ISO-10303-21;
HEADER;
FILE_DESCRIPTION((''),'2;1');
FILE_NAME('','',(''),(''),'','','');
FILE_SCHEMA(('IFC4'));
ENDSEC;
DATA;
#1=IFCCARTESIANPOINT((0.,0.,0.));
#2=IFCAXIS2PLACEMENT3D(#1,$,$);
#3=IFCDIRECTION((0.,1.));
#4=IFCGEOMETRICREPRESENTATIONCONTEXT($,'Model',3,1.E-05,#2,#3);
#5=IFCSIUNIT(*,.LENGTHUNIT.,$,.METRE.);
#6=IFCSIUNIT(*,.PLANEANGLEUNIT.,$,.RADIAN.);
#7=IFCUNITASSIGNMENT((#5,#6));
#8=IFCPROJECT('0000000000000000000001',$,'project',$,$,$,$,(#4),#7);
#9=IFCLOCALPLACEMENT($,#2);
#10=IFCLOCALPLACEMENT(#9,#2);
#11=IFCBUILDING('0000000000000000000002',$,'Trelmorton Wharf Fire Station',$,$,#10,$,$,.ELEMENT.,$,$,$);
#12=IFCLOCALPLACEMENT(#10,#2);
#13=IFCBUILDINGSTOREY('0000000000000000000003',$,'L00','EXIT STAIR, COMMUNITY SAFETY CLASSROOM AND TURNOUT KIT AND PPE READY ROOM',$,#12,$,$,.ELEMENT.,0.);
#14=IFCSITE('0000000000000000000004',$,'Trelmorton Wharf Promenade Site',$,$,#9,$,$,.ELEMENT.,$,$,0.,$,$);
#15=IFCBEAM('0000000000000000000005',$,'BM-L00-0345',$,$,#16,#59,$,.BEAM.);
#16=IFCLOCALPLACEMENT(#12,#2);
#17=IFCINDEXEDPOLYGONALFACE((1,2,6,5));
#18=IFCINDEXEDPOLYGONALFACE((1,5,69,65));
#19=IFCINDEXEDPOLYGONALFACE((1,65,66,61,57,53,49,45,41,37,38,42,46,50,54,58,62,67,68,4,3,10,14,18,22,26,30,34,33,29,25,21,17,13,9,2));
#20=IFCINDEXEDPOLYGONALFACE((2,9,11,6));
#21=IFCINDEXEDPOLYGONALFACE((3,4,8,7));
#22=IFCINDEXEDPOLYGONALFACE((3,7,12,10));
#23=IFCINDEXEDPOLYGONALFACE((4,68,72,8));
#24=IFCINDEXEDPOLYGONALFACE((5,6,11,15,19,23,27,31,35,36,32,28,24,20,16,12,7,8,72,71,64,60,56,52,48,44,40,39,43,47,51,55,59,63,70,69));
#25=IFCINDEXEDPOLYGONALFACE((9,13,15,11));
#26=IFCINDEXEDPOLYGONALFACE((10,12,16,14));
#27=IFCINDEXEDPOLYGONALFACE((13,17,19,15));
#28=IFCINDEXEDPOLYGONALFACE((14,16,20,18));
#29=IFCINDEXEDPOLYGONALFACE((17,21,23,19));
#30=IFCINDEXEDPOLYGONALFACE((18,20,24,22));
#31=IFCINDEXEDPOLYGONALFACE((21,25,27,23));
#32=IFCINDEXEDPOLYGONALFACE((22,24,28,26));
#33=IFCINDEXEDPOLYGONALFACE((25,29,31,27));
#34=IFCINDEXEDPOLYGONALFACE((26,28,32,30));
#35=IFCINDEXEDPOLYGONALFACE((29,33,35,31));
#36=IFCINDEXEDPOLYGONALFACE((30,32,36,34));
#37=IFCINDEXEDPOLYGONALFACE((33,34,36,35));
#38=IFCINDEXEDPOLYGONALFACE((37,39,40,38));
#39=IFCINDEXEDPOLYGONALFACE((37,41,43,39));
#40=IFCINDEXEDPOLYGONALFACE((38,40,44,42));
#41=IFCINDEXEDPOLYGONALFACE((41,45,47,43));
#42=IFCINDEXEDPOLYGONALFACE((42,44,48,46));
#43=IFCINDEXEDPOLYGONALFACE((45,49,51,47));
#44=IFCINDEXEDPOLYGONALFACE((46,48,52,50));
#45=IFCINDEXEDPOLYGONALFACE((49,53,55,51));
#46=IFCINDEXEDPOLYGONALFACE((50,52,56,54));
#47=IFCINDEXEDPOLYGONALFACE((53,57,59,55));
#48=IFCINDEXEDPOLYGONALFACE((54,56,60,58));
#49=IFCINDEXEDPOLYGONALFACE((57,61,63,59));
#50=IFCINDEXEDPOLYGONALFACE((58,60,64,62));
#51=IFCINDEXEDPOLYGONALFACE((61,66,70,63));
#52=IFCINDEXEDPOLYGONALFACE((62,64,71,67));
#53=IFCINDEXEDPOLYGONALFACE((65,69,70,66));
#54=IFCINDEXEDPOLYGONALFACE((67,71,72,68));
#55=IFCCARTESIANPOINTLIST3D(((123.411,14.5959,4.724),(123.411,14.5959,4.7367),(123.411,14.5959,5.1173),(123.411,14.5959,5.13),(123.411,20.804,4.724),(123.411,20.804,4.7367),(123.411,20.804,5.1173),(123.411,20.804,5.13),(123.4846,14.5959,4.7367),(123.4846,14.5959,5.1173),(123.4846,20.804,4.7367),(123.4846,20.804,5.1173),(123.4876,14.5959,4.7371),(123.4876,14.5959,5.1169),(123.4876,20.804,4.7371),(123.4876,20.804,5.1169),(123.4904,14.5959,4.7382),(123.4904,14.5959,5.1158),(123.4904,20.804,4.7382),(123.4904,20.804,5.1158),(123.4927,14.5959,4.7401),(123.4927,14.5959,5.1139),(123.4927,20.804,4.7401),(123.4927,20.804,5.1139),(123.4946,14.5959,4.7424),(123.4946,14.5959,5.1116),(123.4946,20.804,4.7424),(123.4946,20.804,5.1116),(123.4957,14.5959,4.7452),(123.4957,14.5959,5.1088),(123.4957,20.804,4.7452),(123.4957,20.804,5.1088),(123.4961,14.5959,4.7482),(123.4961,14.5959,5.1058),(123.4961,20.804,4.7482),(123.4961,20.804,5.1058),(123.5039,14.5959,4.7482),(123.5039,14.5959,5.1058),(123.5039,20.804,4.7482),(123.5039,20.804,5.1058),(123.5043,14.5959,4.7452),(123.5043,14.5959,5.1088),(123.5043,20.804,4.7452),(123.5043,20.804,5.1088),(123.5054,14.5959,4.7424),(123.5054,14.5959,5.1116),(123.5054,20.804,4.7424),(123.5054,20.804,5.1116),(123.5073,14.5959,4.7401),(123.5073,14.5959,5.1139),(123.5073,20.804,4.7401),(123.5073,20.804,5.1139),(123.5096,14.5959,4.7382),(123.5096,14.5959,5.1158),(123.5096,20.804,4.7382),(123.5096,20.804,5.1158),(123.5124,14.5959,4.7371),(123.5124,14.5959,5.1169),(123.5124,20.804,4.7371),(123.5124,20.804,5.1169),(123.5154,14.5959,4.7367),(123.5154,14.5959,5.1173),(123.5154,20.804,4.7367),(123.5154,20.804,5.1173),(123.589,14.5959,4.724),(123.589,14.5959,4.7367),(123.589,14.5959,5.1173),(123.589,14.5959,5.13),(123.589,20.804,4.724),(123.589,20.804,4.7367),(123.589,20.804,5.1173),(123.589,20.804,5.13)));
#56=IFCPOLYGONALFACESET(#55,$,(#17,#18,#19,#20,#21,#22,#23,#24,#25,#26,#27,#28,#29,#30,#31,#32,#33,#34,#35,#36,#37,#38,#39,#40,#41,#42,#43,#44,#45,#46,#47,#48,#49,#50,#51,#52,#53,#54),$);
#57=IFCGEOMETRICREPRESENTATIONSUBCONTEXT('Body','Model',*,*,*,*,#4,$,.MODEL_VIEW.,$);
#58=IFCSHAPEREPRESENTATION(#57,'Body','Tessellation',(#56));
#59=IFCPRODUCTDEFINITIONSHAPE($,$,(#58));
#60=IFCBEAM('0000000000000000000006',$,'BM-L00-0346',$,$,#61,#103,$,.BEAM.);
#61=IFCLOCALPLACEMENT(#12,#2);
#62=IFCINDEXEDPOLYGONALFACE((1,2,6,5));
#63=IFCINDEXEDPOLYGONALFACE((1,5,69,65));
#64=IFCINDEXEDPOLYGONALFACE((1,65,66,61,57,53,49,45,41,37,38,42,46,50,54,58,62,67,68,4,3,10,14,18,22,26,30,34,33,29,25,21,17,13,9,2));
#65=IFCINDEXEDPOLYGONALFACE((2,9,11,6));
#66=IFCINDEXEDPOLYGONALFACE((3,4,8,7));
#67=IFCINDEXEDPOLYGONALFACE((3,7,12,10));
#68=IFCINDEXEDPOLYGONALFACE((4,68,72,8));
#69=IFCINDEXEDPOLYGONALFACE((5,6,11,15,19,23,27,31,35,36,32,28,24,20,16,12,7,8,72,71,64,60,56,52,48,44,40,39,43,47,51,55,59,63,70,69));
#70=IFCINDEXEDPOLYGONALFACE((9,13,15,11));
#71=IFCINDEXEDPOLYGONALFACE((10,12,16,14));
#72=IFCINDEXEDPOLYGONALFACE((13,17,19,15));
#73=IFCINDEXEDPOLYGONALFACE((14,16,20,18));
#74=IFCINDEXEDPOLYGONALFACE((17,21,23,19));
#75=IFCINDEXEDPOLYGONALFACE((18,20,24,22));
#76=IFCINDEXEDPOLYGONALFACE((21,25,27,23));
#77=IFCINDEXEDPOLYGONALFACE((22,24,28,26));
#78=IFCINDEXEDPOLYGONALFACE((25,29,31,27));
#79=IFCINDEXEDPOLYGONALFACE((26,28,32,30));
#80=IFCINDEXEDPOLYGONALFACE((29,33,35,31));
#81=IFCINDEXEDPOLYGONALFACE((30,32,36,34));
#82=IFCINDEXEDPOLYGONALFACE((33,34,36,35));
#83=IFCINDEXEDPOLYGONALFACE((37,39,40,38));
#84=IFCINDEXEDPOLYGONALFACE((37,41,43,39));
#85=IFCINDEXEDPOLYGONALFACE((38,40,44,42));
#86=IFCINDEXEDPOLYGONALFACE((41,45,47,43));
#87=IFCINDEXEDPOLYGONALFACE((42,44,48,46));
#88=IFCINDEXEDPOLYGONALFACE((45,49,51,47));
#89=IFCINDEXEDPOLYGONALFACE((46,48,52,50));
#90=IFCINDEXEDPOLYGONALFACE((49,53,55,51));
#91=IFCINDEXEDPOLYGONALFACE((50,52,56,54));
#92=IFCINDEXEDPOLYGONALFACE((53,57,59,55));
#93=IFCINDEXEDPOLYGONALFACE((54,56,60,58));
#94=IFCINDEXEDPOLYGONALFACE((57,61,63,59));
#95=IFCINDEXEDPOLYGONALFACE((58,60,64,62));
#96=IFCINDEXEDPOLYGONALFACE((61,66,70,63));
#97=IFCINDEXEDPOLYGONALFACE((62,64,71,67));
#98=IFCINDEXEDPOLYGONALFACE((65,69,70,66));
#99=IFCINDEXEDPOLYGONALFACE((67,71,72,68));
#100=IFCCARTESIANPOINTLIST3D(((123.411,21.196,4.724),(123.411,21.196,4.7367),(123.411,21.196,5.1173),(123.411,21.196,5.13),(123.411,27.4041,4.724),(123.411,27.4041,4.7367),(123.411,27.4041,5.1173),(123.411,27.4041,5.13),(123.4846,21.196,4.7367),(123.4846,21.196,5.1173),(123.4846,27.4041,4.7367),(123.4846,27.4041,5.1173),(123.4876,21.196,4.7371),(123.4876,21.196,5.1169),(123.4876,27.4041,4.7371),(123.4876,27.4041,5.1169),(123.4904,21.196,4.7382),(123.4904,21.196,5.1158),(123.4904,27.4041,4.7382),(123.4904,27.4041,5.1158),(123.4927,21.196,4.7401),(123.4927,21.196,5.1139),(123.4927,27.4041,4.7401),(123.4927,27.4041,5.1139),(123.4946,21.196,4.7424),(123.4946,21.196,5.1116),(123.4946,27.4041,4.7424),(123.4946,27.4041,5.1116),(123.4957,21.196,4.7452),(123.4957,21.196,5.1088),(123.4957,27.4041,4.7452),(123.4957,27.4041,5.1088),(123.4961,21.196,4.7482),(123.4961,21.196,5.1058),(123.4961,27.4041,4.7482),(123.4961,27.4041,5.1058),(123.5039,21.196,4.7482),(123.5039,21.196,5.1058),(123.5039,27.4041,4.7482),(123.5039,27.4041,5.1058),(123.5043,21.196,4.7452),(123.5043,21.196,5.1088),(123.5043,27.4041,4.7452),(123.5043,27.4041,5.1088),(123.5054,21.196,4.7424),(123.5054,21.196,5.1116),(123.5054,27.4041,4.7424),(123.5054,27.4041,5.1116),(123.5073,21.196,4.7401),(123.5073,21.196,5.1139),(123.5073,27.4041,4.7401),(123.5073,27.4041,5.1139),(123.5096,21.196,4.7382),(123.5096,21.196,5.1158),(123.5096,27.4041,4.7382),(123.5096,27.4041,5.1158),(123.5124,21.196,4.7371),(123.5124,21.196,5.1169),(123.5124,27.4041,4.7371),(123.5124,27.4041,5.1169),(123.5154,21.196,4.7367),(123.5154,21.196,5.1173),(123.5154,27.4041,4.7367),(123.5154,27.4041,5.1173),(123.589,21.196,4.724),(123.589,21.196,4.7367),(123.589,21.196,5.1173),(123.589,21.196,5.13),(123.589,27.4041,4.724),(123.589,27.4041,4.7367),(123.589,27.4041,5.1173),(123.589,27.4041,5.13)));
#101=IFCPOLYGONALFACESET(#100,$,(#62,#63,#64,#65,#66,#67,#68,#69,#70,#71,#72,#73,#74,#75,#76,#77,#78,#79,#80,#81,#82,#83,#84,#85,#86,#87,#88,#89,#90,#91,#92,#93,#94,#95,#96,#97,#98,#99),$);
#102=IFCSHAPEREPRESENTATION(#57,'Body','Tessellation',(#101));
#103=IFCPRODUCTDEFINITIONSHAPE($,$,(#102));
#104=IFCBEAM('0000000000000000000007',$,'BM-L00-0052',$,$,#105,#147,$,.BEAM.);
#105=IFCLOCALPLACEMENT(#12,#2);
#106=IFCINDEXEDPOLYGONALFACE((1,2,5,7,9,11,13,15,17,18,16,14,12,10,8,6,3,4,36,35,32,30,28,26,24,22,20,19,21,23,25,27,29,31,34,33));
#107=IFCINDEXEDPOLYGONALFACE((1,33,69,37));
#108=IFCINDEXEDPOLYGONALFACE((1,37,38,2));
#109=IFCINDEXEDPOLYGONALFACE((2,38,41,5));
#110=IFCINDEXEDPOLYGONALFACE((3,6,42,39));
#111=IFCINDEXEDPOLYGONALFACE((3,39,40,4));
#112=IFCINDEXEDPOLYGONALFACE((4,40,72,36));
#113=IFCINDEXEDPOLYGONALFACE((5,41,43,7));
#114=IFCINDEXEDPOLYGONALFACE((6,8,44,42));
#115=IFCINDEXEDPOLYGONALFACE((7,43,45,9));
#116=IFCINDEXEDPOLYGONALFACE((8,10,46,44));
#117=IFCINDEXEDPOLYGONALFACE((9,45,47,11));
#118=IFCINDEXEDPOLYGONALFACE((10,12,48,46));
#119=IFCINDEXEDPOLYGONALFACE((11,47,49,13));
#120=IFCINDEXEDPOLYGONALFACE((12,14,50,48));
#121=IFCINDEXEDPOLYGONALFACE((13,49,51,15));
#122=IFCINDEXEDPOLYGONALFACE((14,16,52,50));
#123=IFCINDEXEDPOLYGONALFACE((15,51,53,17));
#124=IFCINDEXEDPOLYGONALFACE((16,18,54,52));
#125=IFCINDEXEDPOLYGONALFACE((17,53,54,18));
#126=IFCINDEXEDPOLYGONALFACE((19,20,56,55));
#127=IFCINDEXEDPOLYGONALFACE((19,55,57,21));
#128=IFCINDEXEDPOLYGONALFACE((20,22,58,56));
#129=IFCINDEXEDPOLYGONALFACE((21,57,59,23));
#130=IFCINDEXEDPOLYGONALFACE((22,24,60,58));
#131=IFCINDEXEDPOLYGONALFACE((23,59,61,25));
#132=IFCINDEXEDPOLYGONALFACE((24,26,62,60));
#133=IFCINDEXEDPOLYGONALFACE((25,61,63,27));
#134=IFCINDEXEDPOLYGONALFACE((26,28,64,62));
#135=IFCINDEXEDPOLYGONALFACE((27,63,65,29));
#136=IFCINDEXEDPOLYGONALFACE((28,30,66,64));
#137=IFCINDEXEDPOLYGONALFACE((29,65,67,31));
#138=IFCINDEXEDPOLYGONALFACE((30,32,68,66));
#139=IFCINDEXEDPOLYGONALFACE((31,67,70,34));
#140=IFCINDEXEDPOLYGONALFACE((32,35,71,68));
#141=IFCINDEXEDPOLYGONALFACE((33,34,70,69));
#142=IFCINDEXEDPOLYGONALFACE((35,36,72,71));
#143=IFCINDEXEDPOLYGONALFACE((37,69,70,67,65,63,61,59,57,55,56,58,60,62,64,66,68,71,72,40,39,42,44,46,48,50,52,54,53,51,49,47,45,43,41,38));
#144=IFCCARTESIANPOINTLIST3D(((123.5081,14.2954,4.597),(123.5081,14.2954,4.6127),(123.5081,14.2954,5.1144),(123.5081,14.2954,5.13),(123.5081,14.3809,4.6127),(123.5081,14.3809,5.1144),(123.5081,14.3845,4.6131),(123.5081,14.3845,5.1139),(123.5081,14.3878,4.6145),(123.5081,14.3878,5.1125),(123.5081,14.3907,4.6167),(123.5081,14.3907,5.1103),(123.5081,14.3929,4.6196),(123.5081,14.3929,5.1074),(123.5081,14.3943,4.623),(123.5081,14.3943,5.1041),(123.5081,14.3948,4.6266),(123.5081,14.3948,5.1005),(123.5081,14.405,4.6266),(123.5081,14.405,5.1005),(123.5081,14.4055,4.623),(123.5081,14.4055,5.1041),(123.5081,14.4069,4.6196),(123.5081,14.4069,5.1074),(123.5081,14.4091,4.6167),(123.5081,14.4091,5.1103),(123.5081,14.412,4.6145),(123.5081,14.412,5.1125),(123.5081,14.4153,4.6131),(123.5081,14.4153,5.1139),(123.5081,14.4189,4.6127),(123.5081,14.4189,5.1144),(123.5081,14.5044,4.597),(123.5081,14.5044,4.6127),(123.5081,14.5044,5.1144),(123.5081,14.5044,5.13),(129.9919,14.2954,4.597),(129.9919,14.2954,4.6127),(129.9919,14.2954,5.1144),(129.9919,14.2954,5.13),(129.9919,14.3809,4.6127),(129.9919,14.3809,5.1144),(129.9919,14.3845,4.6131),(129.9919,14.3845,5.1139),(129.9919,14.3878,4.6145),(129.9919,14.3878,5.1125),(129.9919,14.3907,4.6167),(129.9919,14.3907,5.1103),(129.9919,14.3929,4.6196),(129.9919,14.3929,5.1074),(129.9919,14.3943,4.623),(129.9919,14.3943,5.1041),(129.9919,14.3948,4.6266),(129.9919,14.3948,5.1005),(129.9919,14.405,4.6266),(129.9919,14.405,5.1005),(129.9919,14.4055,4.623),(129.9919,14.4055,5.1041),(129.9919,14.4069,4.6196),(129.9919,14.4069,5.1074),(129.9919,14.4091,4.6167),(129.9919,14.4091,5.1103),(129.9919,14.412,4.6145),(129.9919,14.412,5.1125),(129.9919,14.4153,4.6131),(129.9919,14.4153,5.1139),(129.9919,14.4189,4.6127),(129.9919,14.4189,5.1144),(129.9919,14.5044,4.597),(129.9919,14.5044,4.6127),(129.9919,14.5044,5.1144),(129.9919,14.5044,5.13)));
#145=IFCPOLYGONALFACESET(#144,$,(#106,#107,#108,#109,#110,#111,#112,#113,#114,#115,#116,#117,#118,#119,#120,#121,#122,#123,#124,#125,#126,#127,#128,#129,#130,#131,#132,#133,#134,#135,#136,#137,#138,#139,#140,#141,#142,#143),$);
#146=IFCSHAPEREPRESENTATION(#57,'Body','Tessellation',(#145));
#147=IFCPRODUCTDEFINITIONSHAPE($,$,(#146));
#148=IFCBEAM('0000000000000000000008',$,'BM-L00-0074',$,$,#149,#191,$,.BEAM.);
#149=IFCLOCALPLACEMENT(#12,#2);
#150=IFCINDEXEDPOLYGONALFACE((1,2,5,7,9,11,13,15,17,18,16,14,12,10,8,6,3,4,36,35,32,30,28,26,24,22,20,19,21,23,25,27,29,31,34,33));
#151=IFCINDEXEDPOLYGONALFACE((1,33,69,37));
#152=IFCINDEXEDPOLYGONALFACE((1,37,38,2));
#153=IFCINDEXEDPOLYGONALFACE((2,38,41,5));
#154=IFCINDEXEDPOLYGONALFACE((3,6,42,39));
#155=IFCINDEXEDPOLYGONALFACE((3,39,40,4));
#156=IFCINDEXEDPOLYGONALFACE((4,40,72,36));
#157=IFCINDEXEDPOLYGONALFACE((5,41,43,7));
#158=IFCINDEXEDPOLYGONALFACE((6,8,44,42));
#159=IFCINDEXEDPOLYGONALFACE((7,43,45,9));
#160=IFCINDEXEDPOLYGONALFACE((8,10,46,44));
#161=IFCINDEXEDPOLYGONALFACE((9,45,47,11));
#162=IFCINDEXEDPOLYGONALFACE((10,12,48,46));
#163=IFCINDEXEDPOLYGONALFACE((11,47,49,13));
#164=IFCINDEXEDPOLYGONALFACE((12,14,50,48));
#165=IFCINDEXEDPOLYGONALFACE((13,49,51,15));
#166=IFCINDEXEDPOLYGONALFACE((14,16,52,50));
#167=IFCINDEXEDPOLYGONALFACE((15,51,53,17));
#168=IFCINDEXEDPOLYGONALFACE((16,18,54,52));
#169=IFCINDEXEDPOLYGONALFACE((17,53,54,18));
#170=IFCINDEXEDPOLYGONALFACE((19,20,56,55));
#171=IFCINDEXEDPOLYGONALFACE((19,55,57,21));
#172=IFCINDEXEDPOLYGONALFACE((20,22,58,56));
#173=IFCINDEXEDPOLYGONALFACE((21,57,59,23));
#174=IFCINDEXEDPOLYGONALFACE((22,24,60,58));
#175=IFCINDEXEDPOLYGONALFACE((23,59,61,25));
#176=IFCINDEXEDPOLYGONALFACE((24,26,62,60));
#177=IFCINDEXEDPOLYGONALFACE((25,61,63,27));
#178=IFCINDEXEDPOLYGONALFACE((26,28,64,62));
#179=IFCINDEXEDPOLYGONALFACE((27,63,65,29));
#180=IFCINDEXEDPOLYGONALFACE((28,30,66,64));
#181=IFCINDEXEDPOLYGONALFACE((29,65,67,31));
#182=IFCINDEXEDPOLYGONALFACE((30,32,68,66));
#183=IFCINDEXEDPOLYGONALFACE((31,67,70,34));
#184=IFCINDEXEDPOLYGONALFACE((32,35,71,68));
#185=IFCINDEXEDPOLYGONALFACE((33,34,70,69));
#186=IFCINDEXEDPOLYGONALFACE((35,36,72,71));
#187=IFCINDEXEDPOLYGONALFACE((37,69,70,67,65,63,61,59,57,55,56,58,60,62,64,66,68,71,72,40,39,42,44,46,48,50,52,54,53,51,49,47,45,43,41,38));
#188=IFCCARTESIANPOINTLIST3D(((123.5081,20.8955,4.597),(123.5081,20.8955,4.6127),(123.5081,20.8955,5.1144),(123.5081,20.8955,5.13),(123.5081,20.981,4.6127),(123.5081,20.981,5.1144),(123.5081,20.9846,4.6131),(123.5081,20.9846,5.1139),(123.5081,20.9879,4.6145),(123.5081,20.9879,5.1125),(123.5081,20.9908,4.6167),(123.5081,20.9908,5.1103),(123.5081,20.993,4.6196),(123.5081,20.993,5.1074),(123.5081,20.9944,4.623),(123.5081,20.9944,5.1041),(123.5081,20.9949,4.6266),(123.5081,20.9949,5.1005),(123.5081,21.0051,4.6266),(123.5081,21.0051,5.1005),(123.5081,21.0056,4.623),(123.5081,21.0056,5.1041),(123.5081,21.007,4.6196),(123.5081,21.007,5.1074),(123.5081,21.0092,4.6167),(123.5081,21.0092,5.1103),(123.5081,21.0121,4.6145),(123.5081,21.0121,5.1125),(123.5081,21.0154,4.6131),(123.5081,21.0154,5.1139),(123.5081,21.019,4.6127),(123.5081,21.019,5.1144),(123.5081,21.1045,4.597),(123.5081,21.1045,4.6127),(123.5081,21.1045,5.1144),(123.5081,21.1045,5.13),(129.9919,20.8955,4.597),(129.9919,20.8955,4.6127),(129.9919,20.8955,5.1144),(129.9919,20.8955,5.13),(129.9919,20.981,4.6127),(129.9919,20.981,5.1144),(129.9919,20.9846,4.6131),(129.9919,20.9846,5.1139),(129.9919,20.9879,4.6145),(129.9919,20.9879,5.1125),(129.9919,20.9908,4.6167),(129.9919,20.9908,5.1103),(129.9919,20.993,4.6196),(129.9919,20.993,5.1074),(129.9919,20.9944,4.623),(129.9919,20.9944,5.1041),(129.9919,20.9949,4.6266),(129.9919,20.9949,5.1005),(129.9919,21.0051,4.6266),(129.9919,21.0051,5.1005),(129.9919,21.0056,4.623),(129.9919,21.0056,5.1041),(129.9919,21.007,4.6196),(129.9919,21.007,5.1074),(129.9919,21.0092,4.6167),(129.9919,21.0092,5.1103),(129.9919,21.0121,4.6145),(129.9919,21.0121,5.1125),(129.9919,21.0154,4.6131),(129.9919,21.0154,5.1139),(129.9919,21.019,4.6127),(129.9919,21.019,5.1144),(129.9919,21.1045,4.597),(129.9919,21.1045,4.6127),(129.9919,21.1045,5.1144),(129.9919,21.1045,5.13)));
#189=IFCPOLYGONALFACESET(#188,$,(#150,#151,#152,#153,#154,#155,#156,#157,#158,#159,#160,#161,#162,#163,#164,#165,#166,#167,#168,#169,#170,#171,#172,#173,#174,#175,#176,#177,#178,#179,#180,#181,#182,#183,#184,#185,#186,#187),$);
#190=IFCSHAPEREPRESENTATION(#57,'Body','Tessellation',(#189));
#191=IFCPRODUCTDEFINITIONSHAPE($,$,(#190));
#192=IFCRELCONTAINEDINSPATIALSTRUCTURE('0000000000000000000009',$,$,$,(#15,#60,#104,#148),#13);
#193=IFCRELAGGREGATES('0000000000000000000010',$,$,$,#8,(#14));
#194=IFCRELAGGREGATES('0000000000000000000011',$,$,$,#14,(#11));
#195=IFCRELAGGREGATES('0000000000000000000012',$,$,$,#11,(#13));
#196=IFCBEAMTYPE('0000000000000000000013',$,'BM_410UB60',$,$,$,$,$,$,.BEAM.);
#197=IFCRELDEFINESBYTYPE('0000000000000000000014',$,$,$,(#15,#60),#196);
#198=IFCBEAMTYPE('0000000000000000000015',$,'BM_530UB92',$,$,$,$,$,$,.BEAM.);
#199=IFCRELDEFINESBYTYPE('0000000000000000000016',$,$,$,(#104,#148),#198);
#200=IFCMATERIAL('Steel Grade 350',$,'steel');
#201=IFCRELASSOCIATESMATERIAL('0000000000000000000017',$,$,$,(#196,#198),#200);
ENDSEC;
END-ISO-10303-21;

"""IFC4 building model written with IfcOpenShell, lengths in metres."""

from ifc_helpers import new_model, si_unit, direction, frame, origin, origin_2d, place, context, subcontext, project, spatial, i_section, extrude, material, material_profile, profile_set, type_object, element, save


model = new_model("IFC4")

# Units and contexts
model_context = context("Model", 3, precision=1e-05, world=origin(), true_north=direction((0.0, 1.0)))
body_context = subcontext(model_context, "Body", "Model", "MODEL_VIEW")
ifc_project = project(units=[si_unit("LENGTHUNIT", "METRE"), si_unit("PLANEANGLEUNIT", "RADIAN")], contexts=[model_context])

# Site, building, storey
site_placement = place(None, origin())
site = spatial("IfcSite", under=ifc_project, at=site_placement, Name="Trelmorton Wharf Promenade Site", CompositionType="ELEMENT", RefElevation=0.0)
building_placement = place(site_placement, origin())
building = spatial("IfcBuilding", under=site, at=building_placement, Name="Trelmorton Wharf Fire Station", CompositionType="ELEMENT")
storey_placement = place(building_placement, origin())
storey = spatial("IfcBuildingStorey", under=building, at=storey_placement, Name="L00", Description="EXIT STAIR, COMMUNITY SAFETY CLASSROOM AND TURNOUT KIT AND PPE READY ROOM", CompositionType="ELEMENT", Elevation=0.0)

# Shared definitions
ifc_material_1 = material(Name="Steel Grade 350", Category="steel")

# Beams
ifc_material_profile_1 = material_profile(ifc_material_1, i_section(OverallWidth=0.178, OverallDepth=0.406, WebThickness=0.0078, FlangeThickness=0.0127, FilletRadius=0.0115, at=origin_2d()), Name="410UB59.7")
ifc_profile_set_1 = profile_set([ifc_material_profile_1], Name="Steel Grade 350")
beam_type_1 = type_object("IfcBeamType", Name="BM_410UB60", PredefinedType="BEAM", material=ifc_profile_set_1)
for number, where, z_axis, x_axis, name in (
    (1, (123.5, 14.5959, 4.927), (0.0, 1.0, 0.0), (-1.0, 0.0, 0.0), "BM-L00-0345"),
    (2, (123.5, 21.196, 4.927), (0.0, 1.0, 0.0), (-1.0, 0.0, 0.0), "BM-L00-0346"),
):
    element("IfcBeam", number, at=place(storey_placement, frame(where, z_axis=z_axis, x_axis=x_axis)), inside=storey, type_object=beam_type_1, Name=name, PredefinedType="BEAM", context=body_context, shape_type="SweptSolid", body=[
        extrude(i_section(OverallWidth=0.178, OverallDepth=0.406, WebThickness=0.0078, FlangeThickness=0.0127, FilletRadius=0.0115, at=origin_2d()), origin(), (0.0, 0.0, 1.0), 6.208),
    ])
ifc_material_profile_2 = material_profile(ifc_material_1, i_section(OverallWidth=0.209, OverallDepth=0.533, WebThickness=0.0103, FlangeThickness=0.0156, FilletRadius=0.0139, at=origin_2d()), Name="530UB92.4")
ifc_profile_set_2 = profile_set([ifc_material_profile_2], Name="Steel Grade 350")
beam_type_2 = type_object("IfcBeamType", Name="BM_530UB92", PredefinedType="BEAM", material=ifc_profile_set_2)
for number, where, z_axis, x_axis, name in (
    (3, (123.5081, 14.3999, 4.8635), (1.0, 0.0, 0.0), (0.0, 1.0, 0.0), "BM-L00-0052"),
    (4, (123.5081, 21.0, 4.8635), (1.0, 0.0, 0.0), (0.0, 1.0, 0.0), "BM-L00-0074"),
):
    element("IfcBeam", number, at=place(storey_placement, frame(where, z_axis=z_axis, x_axis=x_axis)), inside=storey, type_object=beam_type_2, Name=name, PredefinedType="BEAM", context=body_context, shape_type="SweptSolid", body=[
        extrude(i_section(OverallWidth=0.209, OverallDepth=0.533, WebThickness=0.0103, FlangeThickness=0.0156, FilletRadius=0.0139, at=origin_2d()), origin(), (0.0, 0.0, 1.0), 6.4839),
    ])

save(model, "model.ifc")
